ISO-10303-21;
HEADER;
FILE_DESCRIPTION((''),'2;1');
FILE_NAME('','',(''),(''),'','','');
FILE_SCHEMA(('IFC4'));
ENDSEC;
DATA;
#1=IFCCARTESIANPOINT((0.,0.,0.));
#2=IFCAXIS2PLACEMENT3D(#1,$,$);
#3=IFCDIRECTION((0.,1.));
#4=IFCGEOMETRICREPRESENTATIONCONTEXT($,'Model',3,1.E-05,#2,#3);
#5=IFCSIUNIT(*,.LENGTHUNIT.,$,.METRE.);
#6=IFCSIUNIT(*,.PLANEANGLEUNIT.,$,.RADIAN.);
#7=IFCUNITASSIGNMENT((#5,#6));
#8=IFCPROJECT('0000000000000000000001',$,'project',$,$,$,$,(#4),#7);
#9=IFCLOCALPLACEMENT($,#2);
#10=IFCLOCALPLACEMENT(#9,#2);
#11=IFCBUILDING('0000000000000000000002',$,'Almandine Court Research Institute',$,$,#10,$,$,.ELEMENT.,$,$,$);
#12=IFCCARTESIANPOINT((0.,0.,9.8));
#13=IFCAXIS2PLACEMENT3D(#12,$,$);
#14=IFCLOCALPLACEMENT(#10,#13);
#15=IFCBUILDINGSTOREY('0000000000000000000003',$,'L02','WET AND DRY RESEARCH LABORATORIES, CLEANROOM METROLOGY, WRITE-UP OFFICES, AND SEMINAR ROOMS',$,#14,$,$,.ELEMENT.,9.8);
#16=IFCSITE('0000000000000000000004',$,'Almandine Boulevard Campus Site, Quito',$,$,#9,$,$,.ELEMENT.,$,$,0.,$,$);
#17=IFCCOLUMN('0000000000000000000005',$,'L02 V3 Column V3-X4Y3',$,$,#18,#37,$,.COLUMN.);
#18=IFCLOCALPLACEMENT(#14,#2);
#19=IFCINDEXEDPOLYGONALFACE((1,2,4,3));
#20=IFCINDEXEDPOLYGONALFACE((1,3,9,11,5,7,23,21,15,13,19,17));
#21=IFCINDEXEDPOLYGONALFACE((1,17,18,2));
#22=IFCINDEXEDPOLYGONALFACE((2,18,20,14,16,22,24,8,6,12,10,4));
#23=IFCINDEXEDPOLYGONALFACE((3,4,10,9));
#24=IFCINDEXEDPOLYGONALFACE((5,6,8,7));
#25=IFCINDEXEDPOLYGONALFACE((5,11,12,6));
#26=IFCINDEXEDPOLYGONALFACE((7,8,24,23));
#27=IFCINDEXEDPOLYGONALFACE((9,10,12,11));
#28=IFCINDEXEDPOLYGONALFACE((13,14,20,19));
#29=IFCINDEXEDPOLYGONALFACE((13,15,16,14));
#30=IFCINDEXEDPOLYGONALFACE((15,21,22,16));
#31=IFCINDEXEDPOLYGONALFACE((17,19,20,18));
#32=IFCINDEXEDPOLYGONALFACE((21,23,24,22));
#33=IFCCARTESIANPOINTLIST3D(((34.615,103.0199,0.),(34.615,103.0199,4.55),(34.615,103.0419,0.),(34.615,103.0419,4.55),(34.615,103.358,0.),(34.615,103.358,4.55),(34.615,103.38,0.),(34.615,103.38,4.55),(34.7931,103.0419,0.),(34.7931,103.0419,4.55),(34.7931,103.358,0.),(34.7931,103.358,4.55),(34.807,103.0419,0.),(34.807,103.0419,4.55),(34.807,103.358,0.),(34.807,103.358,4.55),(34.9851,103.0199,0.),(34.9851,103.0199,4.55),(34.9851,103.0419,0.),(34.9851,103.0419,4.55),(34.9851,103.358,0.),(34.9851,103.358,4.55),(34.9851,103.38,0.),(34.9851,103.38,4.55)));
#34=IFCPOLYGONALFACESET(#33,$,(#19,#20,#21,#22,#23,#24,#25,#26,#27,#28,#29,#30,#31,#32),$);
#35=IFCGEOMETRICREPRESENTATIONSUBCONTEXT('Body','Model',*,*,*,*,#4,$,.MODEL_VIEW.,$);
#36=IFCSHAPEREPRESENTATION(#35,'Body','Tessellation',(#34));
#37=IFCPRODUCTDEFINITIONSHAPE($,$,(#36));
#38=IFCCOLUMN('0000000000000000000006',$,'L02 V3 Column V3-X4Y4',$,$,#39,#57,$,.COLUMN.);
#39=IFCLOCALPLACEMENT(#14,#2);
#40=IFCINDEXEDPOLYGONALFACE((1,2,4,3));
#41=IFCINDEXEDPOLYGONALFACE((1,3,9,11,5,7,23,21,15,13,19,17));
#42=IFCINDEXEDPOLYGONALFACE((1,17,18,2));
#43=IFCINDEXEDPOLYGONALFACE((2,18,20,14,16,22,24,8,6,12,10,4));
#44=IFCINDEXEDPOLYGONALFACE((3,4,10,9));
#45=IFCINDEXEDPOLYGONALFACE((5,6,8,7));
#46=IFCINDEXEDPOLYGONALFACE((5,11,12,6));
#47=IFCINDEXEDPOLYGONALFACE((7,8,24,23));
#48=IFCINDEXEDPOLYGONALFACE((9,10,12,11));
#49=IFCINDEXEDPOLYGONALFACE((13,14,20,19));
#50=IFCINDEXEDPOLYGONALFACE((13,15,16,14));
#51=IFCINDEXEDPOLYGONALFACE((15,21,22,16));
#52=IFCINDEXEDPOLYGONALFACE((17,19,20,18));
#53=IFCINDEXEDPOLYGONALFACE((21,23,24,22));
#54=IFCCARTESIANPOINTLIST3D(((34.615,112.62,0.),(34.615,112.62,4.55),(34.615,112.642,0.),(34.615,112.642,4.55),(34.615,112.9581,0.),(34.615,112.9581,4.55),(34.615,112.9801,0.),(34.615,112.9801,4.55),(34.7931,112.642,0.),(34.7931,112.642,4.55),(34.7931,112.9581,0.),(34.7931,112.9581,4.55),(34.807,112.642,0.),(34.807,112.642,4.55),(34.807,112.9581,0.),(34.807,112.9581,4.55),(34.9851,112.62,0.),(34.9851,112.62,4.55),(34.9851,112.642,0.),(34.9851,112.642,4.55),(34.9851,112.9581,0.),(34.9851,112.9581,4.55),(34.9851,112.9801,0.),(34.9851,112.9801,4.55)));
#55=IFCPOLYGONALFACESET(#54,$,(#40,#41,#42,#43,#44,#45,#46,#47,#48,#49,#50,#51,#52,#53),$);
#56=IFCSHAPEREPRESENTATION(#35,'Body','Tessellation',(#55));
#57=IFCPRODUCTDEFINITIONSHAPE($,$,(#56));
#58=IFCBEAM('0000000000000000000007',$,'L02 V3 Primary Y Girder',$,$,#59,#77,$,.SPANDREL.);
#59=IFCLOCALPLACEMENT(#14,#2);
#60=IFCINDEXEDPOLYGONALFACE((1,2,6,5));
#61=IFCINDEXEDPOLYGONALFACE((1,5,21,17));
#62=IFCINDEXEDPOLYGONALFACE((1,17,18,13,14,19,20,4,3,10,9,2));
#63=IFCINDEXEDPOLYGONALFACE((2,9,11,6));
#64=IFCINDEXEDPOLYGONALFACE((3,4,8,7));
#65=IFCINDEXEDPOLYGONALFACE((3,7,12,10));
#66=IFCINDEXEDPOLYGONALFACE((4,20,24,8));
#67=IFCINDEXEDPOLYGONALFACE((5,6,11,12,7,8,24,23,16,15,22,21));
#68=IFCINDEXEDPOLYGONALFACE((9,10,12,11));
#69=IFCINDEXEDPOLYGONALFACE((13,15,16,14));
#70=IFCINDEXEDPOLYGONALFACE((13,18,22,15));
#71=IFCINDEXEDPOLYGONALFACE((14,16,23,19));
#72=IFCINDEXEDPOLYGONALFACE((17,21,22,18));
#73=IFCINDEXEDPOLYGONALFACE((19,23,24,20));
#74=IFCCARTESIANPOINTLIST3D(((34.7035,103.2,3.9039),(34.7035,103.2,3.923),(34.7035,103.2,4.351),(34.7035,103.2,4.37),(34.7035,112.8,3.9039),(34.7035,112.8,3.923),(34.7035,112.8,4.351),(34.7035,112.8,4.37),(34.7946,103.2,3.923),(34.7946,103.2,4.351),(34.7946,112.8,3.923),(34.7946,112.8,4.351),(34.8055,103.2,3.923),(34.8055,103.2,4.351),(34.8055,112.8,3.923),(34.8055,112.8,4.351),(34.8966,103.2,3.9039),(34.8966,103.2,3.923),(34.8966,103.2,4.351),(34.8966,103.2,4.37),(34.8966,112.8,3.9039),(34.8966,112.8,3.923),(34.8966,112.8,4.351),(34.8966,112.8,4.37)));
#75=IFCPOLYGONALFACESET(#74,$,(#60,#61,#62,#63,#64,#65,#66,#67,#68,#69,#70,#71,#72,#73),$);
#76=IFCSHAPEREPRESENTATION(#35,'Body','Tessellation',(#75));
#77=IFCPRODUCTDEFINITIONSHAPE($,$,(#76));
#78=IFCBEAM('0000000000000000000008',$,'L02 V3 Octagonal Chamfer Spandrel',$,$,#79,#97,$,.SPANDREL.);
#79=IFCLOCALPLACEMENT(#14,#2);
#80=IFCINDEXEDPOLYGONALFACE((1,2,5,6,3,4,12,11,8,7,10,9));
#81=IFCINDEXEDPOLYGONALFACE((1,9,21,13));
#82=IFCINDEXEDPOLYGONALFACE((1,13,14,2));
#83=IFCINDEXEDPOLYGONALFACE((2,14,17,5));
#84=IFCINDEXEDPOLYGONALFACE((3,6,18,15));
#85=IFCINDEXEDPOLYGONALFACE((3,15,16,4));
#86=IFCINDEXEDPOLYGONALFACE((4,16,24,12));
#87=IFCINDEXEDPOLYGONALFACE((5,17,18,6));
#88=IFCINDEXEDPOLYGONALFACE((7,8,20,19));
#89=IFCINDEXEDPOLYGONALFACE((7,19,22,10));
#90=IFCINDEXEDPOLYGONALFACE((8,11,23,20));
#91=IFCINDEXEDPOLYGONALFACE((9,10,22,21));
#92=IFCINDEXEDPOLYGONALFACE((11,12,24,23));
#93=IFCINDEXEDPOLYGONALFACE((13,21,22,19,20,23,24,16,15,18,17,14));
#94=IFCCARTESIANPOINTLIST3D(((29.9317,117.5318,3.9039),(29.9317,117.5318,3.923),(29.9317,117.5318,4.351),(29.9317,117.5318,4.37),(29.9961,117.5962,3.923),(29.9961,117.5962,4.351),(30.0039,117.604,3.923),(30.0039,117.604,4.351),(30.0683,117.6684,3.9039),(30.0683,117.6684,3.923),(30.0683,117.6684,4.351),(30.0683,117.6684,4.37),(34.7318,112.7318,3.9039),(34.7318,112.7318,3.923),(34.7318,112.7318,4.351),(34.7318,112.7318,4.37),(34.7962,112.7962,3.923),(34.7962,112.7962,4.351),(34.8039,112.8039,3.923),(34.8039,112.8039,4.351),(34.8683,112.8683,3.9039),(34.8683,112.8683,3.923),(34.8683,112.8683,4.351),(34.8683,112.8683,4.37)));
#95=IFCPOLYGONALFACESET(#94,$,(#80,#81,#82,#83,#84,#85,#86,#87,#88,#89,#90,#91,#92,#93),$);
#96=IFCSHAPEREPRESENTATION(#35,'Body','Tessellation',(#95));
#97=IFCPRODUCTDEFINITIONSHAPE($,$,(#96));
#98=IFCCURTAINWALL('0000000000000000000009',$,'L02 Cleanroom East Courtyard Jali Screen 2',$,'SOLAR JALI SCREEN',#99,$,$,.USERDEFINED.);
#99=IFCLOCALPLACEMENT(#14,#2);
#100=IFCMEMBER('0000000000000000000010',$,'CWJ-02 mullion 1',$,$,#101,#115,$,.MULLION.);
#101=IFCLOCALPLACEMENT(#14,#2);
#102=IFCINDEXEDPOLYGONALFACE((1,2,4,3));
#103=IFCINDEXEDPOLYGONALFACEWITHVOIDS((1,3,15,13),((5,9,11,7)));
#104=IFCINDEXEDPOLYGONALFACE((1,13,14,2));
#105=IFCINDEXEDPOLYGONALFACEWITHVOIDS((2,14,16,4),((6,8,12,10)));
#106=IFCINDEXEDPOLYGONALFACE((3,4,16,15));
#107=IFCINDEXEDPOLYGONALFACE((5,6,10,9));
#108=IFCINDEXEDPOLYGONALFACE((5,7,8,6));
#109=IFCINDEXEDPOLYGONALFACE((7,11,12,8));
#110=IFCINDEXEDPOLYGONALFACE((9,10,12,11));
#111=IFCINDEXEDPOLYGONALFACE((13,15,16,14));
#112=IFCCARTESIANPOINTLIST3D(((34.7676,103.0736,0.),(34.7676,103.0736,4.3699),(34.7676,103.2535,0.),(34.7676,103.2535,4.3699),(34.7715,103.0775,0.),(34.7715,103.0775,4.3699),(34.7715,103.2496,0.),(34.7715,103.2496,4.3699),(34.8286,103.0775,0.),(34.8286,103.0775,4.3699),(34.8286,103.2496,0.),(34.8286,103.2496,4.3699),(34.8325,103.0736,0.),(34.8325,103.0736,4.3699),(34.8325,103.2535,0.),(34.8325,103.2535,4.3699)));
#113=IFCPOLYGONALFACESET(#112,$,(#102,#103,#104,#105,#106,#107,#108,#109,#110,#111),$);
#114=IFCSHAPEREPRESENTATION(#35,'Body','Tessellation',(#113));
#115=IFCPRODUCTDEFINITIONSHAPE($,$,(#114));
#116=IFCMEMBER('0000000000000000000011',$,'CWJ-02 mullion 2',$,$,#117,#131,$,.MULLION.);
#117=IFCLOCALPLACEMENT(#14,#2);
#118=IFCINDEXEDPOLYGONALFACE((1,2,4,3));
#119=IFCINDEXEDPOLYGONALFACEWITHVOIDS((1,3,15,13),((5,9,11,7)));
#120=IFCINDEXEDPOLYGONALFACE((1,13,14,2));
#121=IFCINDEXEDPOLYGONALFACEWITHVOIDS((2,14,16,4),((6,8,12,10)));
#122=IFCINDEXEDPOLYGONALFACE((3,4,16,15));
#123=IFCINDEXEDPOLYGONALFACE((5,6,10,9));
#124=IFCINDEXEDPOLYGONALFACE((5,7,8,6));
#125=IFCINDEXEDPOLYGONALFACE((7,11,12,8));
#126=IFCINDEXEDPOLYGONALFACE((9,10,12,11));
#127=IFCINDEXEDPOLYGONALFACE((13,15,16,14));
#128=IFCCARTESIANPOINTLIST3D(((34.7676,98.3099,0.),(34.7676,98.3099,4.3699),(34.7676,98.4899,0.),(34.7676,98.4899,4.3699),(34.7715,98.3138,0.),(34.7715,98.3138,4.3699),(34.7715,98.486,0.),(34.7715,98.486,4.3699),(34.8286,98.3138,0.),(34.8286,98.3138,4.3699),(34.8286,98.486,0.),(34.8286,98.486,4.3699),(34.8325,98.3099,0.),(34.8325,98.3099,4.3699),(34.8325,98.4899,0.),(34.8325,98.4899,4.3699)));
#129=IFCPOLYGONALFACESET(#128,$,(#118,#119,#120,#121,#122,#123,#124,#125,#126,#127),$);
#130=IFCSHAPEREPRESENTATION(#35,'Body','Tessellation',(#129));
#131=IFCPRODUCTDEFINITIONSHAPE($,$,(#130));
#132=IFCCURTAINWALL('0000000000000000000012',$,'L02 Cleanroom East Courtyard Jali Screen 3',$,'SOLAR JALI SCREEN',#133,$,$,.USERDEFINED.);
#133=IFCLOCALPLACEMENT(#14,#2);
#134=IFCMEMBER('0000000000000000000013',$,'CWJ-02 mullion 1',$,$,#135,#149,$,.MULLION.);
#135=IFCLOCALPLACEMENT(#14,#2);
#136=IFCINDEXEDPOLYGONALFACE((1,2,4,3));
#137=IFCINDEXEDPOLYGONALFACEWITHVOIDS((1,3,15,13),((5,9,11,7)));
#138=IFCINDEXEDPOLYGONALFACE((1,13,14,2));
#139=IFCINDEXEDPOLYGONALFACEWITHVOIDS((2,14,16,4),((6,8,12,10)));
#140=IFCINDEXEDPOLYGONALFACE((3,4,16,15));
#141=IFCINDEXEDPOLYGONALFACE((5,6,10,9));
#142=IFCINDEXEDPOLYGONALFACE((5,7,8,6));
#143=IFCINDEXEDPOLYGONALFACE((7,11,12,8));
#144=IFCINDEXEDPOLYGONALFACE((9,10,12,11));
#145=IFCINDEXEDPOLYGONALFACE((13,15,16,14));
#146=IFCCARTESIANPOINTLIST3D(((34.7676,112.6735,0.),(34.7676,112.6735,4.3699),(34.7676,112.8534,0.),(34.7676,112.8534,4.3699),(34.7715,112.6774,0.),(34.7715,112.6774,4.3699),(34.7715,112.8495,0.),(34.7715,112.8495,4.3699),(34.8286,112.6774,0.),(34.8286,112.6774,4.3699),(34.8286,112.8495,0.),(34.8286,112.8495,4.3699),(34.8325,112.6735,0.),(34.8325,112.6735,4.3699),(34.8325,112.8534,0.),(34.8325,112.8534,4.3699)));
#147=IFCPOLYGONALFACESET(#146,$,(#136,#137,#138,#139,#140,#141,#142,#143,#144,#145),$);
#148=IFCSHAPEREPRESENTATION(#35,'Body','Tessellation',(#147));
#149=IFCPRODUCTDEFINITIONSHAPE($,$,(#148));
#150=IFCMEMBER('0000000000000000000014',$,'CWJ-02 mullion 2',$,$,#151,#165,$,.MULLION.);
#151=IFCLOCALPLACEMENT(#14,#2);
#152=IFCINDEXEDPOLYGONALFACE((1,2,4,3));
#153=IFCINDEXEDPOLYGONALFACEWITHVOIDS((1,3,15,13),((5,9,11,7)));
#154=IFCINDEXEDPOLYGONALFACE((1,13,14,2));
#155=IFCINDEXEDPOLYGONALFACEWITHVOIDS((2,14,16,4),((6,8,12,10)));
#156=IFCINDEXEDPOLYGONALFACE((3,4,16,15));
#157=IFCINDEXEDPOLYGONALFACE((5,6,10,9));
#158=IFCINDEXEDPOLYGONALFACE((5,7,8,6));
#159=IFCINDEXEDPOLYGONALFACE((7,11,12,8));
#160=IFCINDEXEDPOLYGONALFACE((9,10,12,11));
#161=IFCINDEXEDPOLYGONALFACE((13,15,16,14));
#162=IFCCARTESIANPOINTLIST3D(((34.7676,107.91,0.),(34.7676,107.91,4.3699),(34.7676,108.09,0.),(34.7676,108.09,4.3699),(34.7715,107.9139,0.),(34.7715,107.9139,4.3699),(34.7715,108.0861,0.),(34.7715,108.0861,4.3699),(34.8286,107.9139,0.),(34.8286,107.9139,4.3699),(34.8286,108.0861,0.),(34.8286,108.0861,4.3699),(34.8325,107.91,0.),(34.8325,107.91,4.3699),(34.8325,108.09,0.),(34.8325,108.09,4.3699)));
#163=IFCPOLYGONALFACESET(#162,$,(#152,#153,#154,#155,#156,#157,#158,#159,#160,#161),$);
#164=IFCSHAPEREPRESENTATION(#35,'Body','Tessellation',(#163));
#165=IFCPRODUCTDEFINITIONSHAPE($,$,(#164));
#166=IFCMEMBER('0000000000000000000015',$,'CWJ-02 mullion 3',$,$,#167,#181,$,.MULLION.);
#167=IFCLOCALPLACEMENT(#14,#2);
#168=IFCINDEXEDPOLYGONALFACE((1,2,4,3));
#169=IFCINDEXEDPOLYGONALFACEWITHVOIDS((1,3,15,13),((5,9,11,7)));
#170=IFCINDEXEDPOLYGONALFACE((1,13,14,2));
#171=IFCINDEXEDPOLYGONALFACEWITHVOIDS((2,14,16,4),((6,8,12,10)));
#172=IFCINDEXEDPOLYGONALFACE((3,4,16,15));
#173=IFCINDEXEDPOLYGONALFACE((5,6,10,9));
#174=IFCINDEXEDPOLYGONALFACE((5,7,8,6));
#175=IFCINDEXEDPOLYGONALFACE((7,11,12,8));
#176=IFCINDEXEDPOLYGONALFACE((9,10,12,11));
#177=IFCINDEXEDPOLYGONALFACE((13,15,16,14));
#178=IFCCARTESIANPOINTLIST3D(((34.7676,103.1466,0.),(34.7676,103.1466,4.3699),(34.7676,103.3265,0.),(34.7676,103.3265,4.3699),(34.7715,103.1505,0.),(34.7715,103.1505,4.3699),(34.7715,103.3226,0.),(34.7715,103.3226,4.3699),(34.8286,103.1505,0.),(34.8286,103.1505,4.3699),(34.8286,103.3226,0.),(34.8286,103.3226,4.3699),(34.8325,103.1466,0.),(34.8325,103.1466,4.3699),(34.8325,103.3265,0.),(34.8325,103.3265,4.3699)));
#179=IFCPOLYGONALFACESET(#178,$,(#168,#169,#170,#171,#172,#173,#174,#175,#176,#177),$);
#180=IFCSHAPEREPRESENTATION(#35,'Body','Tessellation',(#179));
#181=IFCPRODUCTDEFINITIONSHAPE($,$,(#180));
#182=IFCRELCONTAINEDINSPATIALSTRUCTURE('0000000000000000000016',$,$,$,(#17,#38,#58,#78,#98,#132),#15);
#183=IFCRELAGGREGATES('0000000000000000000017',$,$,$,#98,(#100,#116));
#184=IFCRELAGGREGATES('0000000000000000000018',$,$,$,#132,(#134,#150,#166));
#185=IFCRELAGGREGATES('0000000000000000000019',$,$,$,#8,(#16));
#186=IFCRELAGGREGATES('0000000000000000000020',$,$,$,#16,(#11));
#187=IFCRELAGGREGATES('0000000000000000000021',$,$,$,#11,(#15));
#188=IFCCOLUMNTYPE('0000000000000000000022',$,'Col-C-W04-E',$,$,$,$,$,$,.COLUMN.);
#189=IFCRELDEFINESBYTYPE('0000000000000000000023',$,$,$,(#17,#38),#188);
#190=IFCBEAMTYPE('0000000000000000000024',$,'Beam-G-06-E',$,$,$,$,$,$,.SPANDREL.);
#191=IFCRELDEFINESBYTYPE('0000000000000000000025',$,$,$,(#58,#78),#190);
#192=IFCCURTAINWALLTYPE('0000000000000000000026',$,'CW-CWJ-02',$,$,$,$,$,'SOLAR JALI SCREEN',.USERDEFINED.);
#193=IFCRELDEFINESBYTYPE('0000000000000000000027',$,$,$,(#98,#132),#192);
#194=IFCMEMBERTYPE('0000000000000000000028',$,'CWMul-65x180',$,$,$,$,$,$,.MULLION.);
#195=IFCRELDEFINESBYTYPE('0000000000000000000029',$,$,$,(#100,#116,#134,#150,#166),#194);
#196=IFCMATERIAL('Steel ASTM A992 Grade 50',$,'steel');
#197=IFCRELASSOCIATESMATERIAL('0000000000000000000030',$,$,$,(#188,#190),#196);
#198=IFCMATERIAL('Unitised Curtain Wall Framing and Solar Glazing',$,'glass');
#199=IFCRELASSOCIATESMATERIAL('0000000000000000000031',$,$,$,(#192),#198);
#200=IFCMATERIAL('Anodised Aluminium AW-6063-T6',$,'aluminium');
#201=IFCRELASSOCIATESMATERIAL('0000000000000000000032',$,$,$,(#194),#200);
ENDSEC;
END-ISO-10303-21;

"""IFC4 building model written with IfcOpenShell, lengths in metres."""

from ifc_helpers import new_model, si_unit, direction, frame, origin, origin_2d, place, context, subcontext, project, spatial, hollow_rectangle, i_section, extrude, material, material_profile, profile_set, type_object, element, aggregate, save


model = new_model("IFC4")

# Units and contexts
model_context = context("Model", 3, precision=1e-05, world=origin(), true_north=direction((0.0, 1.0)))
body_context = subcontext(model_context, "Body", "Model", "MODEL_VIEW")
ifc_project = project(units=[si_unit("LENGTHUNIT", "METRE"), si_unit("PLANEANGLEUNIT", "RADIAN")], contexts=[model_context])

# Site, building, storey
site_placement = place(None, origin())
site = spatial("IfcSite", under=ifc_project, at=site_placement, Name="Almandine Boulevard Campus Site, Quito", CompositionType="ELEMENT", RefElevation=0.0)
building_placement = place(site_placement, origin())
building = spatial("IfcBuilding", under=site, at=building_placement, Name="Almandine Court Research Institute", CompositionType="ELEMENT")
storey_placement = place(building_placement, frame((0.0, 0.0, 9.8)))
storey = spatial("IfcBuildingStorey", under=building, at=storey_placement, Name="L02", Description="WET AND DRY RESEARCH LABORATORIES, CLEANROOM METROLOGY, WRITE-UP OFFICES, AND SEMINAR ROOMS", CompositionType="ELEMENT", Elevation=9.8)

# Columns
ifc_material_1 = material(Name="Steel ASTM A992 Grade 50", Category="steel")
ifc_material_profile_1 = material_profile(ifc_material_1, i_section(OverallWidth=0.3701, OverallDepth=0.3601, WebThickness=0.0139, FlangeThickness=0.022, at=origin_2d()), Name="W360x147")
ifc_profile_set_1 = profile_set([ifc_material_profile_1], Name="Steel ASTM A992 Grade 50")
column_type = type_object("IfcColumnType", Name="Col-C-W04-E", PredefinedType="COLUMN", material=ifc_profile_set_1)
for number, where, z_axis, x_axis, name in (
    (1, (34.8, 103.2, 0.0), (0.0, 0.0, 1.0), (1.0, 0.0, 0.0), "L02 V3 Column V3-X4Y3"),
    (2, (34.8, 112.8, 0.0), (0.0, 0.0, 1.0), (1.0, 0.0, 0.0), "L02 V3 Column V3-X4Y4"),
):
    element("IfcColumn", number, at=place(storey_placement, frame(where, z_axis=z_axis, x_axis=x_axis)), inside=storey, type_object=column_type, Name=name, PredefinedType="COLUMN", context=body_context, shape_type="SweptSolid", body=[
        extrude(i_section(OverallWidth=0.3701, OverallDepth=0.3601, WebThickness=0.0139, FlangeThickness=0.022, at=origin_2d()), origin(), (0.0, 0.0, 1.0), 4.55),
    ])

# Beams
ifc_material_profile_2 = material_profile(ifc_material_1, i_section(OverallWidth=0.1931, OverallDepth=0.4661, WebThickness=0.011, FlangeThickness=0.019, at=origin_2d()), Name="W460x97")
ifc_profile_set_2 = profile_set([ifc_material_profile_2], Name="Steel ASTM A992 Grade 50")
beam_type = type_object("IfcBeamType", Name="Beam-G-06-E", PredefinedType="SPANDREL", material=ifc_profile_set_2)
beam_1_placement = place(storey_placement, frame((34.8, 103.2, 4.137), z_axis=(0.0, 1.0, 0.0), x_axis=(-1.0, 0.0, 0.0)))
element("IfcBeam", 3, at=beam_1_placement, inside=storey, type_object=beam_type, Name="L02 V3 Primary Y Girder", PredefinedType="SPANDREL", context=body_context, shape_type="SweptSolid", body=[
    extrude(i_section(OverallWidth=0.1931, OverallDepth=0.4661, WebThickness=0.011, FlangeThickness=0.019, at=origin_2d()), origin(), (0.0, 0.0, 1.0), 9.6001),
])
beam_2_placement = place(storey_placement, frame((34.8, 112.8, 4.137), z_axis=(-0.707107, 0.707107, 0.0), x_axis=(-0.707107, -0.707107, 0.0)))
element("IfcBeam", 4, at=beam_2_placement, inside=storey, type_object=beam_type, Name="L02 V3 Octagonal Chamfer Spandrel", PredefinedType="SPANDREL", context=body_context, shape_type="SweptSolid", body=[
    extrude(i_section(OverallWidth=0.1931, OverallDepth=0.4661, WebThickness=0.011, FlangeThickness=0.019, at=origin_2d()), origin(), (0.0, 0.0, 1.0), 6.7883),
])

# Curtain walls, members
ifc_material_2 = material(Name="Unitised Curtain Wall Framing and Solar Glazing", Category="glass")
curtain_wall_type = type_object("IfcCurtainWallType", Name="CW-CWJ-02", ElementType="SOLAR JALI SCREEN", PredefinedType="USERDEFINED", material=ifc_material_2)
curtain_wall_1_placement = place(storey_placement, origin())
curtain_wall_1 = element("IfcCurtainWall", 5, at=curtain_wall_1_placement, inside=storey, type_object=curtain_wall_type, Name="L02 Cleanroom East Courtyard Jali Screen 2", ObjectType="SOLAR JALI SCREEN", PredefinedType="USERDEFINED")
ifc_material_3 = material(Name="Anodised Aluminium AW-6063-T6", Category="aluminium")
ifc_material_profile_3 = material_profile(ifc_material_3, hollow_rectangle(XDim=0.0649, YDim=0.1799, WallThickness=0.0039, at=origin_2d()), Name="ALU RHS 65x180x4")
ifc_profile_set_3 = profile_set([ifc_material_profile_3], Name="Anodised Aluminium AW-6063-T6")
member_type_1 = type_object("IfcMemberType", Name="CWMul-65x180", PredefinedType="MULLION", material=ifc_profile_set_3)
member_1_placement = place(storey_placement, frame((34.8, 103.1636, 0.0), z_axis=(0.0, 0.0, 1.0), x_axis=(1.0, 0.0, 0.0)))
member_1 = element("IfcMember", 6, at=member_1_placement, type_object=member_type_1, Name="CWJ-02 mullion 1", PredefinedType="MULLION", context=body_context, shape_type="SweptSolid", body=[
    extrude(hollow_rectangle(XDim=0.0649, YDim=0.1799, WallThickness=0.0039, at=origin_2d()), origin(), (0.0, 0.0, 1.0), 4.3699),
])
member_2_placement = place(storey_placement, frame((34.8, 98.3999, 0.0), z_axis=(0.0, 0.0, 1.0), x_axis=(1.0, 0.0, 0.0)))
member_2 = element("IfcMember", 7, at=member_2_placement, type_object=member_type_1, Name="CWJ-02 mullion 2", PredefinedType="MULLION", context=body_context, shape_type="SweptSolid", body=[
    extrude(hollow_rectangle(XDim=0.0649, YDim=0.1799, WallThickness=0.0039, at=origin_2d()), origin(), (0.0, 0.0, 1.0), 4.3699),
])
curtain_wall_2_placement = place(storey_placement, origin())
curtain_wall_2 = element("IfcCurtainWall", 8, at=curtain_wall_2_placement, inside=storey, type_object=curtain_wall_type, Name="L02 Cleanroom East Courtyard Jali Screen 3", ObjectType="SOLAR JALI SCREEN", PredefinedType="USERDEFINED")
member_3_placement = place(storey_placement, frame((34.8, 112.7634, 0.0), z_axis=(0.0, 0.0, 1.0), x_axis=(1.0, 0.0, 0.0)))
member_3 = element("IfcMember", 9, at=member_3_placement, type_object=member_type_1, Name="CWJ-02 mullion 1", PredefinedType="MULLION", context=body_context, shape_type="SweptSolid", body=[
    extrude(hollow_rectangle(XDim=0.0649, YDim=0.1799, WallThickness=0.0039, at=origin_2d()), origin(), (0.0, 0.0, 1.0), 4.3699),
])
member_4_placement = place(storey_placement, frame((34.8, 108.0, 0.0), z_axis=(0.0, 0.0, 1.0), x_axis=(1.0, 0.0, 0.0)))
member_4 = element("IfcMember", 10, at=member_4_placement, type_object=member_type_1, Name="CWJ-02 mullion 2", PredefinedType="MULLION", context=body_context, shape_type="SweptSolid", body=[
    extrude(hollow_rectangle(XDim=0.0649, YDim=0.1799, WallThickness=0.0039, at=origin_2d()), origin(), (0.0, 0.0, 1.0), 4.3699),
])
member_5_placement = place(storey_placement, frame((34.8, 103.2366, 0.0), z_axis=(0.0, 0.0, 1.0), x_axis=(1.0, 0.0, 0.0)))
member_5 = element("IfcMember", 11, at=member_5_placement, type_object=member_type_1, Name="CWJ-02 mullion 3", PredefinedType="MULLION", context=body_context, shape_type="SweptSolid", body=[
    extrude(hollow_rectangle(XDim=0.0649, YDim=0.1799, WallThickness=0.0039, at=origin_2d()), origin(), (0.0, 0.0, 1.0), 4.3699),
])

aggregate(curtain_wall_1, [member_1, member_2])
aggregate(curtain_wall_2, [member_3, member_4, member_5])

save(model, "model.ifc")
